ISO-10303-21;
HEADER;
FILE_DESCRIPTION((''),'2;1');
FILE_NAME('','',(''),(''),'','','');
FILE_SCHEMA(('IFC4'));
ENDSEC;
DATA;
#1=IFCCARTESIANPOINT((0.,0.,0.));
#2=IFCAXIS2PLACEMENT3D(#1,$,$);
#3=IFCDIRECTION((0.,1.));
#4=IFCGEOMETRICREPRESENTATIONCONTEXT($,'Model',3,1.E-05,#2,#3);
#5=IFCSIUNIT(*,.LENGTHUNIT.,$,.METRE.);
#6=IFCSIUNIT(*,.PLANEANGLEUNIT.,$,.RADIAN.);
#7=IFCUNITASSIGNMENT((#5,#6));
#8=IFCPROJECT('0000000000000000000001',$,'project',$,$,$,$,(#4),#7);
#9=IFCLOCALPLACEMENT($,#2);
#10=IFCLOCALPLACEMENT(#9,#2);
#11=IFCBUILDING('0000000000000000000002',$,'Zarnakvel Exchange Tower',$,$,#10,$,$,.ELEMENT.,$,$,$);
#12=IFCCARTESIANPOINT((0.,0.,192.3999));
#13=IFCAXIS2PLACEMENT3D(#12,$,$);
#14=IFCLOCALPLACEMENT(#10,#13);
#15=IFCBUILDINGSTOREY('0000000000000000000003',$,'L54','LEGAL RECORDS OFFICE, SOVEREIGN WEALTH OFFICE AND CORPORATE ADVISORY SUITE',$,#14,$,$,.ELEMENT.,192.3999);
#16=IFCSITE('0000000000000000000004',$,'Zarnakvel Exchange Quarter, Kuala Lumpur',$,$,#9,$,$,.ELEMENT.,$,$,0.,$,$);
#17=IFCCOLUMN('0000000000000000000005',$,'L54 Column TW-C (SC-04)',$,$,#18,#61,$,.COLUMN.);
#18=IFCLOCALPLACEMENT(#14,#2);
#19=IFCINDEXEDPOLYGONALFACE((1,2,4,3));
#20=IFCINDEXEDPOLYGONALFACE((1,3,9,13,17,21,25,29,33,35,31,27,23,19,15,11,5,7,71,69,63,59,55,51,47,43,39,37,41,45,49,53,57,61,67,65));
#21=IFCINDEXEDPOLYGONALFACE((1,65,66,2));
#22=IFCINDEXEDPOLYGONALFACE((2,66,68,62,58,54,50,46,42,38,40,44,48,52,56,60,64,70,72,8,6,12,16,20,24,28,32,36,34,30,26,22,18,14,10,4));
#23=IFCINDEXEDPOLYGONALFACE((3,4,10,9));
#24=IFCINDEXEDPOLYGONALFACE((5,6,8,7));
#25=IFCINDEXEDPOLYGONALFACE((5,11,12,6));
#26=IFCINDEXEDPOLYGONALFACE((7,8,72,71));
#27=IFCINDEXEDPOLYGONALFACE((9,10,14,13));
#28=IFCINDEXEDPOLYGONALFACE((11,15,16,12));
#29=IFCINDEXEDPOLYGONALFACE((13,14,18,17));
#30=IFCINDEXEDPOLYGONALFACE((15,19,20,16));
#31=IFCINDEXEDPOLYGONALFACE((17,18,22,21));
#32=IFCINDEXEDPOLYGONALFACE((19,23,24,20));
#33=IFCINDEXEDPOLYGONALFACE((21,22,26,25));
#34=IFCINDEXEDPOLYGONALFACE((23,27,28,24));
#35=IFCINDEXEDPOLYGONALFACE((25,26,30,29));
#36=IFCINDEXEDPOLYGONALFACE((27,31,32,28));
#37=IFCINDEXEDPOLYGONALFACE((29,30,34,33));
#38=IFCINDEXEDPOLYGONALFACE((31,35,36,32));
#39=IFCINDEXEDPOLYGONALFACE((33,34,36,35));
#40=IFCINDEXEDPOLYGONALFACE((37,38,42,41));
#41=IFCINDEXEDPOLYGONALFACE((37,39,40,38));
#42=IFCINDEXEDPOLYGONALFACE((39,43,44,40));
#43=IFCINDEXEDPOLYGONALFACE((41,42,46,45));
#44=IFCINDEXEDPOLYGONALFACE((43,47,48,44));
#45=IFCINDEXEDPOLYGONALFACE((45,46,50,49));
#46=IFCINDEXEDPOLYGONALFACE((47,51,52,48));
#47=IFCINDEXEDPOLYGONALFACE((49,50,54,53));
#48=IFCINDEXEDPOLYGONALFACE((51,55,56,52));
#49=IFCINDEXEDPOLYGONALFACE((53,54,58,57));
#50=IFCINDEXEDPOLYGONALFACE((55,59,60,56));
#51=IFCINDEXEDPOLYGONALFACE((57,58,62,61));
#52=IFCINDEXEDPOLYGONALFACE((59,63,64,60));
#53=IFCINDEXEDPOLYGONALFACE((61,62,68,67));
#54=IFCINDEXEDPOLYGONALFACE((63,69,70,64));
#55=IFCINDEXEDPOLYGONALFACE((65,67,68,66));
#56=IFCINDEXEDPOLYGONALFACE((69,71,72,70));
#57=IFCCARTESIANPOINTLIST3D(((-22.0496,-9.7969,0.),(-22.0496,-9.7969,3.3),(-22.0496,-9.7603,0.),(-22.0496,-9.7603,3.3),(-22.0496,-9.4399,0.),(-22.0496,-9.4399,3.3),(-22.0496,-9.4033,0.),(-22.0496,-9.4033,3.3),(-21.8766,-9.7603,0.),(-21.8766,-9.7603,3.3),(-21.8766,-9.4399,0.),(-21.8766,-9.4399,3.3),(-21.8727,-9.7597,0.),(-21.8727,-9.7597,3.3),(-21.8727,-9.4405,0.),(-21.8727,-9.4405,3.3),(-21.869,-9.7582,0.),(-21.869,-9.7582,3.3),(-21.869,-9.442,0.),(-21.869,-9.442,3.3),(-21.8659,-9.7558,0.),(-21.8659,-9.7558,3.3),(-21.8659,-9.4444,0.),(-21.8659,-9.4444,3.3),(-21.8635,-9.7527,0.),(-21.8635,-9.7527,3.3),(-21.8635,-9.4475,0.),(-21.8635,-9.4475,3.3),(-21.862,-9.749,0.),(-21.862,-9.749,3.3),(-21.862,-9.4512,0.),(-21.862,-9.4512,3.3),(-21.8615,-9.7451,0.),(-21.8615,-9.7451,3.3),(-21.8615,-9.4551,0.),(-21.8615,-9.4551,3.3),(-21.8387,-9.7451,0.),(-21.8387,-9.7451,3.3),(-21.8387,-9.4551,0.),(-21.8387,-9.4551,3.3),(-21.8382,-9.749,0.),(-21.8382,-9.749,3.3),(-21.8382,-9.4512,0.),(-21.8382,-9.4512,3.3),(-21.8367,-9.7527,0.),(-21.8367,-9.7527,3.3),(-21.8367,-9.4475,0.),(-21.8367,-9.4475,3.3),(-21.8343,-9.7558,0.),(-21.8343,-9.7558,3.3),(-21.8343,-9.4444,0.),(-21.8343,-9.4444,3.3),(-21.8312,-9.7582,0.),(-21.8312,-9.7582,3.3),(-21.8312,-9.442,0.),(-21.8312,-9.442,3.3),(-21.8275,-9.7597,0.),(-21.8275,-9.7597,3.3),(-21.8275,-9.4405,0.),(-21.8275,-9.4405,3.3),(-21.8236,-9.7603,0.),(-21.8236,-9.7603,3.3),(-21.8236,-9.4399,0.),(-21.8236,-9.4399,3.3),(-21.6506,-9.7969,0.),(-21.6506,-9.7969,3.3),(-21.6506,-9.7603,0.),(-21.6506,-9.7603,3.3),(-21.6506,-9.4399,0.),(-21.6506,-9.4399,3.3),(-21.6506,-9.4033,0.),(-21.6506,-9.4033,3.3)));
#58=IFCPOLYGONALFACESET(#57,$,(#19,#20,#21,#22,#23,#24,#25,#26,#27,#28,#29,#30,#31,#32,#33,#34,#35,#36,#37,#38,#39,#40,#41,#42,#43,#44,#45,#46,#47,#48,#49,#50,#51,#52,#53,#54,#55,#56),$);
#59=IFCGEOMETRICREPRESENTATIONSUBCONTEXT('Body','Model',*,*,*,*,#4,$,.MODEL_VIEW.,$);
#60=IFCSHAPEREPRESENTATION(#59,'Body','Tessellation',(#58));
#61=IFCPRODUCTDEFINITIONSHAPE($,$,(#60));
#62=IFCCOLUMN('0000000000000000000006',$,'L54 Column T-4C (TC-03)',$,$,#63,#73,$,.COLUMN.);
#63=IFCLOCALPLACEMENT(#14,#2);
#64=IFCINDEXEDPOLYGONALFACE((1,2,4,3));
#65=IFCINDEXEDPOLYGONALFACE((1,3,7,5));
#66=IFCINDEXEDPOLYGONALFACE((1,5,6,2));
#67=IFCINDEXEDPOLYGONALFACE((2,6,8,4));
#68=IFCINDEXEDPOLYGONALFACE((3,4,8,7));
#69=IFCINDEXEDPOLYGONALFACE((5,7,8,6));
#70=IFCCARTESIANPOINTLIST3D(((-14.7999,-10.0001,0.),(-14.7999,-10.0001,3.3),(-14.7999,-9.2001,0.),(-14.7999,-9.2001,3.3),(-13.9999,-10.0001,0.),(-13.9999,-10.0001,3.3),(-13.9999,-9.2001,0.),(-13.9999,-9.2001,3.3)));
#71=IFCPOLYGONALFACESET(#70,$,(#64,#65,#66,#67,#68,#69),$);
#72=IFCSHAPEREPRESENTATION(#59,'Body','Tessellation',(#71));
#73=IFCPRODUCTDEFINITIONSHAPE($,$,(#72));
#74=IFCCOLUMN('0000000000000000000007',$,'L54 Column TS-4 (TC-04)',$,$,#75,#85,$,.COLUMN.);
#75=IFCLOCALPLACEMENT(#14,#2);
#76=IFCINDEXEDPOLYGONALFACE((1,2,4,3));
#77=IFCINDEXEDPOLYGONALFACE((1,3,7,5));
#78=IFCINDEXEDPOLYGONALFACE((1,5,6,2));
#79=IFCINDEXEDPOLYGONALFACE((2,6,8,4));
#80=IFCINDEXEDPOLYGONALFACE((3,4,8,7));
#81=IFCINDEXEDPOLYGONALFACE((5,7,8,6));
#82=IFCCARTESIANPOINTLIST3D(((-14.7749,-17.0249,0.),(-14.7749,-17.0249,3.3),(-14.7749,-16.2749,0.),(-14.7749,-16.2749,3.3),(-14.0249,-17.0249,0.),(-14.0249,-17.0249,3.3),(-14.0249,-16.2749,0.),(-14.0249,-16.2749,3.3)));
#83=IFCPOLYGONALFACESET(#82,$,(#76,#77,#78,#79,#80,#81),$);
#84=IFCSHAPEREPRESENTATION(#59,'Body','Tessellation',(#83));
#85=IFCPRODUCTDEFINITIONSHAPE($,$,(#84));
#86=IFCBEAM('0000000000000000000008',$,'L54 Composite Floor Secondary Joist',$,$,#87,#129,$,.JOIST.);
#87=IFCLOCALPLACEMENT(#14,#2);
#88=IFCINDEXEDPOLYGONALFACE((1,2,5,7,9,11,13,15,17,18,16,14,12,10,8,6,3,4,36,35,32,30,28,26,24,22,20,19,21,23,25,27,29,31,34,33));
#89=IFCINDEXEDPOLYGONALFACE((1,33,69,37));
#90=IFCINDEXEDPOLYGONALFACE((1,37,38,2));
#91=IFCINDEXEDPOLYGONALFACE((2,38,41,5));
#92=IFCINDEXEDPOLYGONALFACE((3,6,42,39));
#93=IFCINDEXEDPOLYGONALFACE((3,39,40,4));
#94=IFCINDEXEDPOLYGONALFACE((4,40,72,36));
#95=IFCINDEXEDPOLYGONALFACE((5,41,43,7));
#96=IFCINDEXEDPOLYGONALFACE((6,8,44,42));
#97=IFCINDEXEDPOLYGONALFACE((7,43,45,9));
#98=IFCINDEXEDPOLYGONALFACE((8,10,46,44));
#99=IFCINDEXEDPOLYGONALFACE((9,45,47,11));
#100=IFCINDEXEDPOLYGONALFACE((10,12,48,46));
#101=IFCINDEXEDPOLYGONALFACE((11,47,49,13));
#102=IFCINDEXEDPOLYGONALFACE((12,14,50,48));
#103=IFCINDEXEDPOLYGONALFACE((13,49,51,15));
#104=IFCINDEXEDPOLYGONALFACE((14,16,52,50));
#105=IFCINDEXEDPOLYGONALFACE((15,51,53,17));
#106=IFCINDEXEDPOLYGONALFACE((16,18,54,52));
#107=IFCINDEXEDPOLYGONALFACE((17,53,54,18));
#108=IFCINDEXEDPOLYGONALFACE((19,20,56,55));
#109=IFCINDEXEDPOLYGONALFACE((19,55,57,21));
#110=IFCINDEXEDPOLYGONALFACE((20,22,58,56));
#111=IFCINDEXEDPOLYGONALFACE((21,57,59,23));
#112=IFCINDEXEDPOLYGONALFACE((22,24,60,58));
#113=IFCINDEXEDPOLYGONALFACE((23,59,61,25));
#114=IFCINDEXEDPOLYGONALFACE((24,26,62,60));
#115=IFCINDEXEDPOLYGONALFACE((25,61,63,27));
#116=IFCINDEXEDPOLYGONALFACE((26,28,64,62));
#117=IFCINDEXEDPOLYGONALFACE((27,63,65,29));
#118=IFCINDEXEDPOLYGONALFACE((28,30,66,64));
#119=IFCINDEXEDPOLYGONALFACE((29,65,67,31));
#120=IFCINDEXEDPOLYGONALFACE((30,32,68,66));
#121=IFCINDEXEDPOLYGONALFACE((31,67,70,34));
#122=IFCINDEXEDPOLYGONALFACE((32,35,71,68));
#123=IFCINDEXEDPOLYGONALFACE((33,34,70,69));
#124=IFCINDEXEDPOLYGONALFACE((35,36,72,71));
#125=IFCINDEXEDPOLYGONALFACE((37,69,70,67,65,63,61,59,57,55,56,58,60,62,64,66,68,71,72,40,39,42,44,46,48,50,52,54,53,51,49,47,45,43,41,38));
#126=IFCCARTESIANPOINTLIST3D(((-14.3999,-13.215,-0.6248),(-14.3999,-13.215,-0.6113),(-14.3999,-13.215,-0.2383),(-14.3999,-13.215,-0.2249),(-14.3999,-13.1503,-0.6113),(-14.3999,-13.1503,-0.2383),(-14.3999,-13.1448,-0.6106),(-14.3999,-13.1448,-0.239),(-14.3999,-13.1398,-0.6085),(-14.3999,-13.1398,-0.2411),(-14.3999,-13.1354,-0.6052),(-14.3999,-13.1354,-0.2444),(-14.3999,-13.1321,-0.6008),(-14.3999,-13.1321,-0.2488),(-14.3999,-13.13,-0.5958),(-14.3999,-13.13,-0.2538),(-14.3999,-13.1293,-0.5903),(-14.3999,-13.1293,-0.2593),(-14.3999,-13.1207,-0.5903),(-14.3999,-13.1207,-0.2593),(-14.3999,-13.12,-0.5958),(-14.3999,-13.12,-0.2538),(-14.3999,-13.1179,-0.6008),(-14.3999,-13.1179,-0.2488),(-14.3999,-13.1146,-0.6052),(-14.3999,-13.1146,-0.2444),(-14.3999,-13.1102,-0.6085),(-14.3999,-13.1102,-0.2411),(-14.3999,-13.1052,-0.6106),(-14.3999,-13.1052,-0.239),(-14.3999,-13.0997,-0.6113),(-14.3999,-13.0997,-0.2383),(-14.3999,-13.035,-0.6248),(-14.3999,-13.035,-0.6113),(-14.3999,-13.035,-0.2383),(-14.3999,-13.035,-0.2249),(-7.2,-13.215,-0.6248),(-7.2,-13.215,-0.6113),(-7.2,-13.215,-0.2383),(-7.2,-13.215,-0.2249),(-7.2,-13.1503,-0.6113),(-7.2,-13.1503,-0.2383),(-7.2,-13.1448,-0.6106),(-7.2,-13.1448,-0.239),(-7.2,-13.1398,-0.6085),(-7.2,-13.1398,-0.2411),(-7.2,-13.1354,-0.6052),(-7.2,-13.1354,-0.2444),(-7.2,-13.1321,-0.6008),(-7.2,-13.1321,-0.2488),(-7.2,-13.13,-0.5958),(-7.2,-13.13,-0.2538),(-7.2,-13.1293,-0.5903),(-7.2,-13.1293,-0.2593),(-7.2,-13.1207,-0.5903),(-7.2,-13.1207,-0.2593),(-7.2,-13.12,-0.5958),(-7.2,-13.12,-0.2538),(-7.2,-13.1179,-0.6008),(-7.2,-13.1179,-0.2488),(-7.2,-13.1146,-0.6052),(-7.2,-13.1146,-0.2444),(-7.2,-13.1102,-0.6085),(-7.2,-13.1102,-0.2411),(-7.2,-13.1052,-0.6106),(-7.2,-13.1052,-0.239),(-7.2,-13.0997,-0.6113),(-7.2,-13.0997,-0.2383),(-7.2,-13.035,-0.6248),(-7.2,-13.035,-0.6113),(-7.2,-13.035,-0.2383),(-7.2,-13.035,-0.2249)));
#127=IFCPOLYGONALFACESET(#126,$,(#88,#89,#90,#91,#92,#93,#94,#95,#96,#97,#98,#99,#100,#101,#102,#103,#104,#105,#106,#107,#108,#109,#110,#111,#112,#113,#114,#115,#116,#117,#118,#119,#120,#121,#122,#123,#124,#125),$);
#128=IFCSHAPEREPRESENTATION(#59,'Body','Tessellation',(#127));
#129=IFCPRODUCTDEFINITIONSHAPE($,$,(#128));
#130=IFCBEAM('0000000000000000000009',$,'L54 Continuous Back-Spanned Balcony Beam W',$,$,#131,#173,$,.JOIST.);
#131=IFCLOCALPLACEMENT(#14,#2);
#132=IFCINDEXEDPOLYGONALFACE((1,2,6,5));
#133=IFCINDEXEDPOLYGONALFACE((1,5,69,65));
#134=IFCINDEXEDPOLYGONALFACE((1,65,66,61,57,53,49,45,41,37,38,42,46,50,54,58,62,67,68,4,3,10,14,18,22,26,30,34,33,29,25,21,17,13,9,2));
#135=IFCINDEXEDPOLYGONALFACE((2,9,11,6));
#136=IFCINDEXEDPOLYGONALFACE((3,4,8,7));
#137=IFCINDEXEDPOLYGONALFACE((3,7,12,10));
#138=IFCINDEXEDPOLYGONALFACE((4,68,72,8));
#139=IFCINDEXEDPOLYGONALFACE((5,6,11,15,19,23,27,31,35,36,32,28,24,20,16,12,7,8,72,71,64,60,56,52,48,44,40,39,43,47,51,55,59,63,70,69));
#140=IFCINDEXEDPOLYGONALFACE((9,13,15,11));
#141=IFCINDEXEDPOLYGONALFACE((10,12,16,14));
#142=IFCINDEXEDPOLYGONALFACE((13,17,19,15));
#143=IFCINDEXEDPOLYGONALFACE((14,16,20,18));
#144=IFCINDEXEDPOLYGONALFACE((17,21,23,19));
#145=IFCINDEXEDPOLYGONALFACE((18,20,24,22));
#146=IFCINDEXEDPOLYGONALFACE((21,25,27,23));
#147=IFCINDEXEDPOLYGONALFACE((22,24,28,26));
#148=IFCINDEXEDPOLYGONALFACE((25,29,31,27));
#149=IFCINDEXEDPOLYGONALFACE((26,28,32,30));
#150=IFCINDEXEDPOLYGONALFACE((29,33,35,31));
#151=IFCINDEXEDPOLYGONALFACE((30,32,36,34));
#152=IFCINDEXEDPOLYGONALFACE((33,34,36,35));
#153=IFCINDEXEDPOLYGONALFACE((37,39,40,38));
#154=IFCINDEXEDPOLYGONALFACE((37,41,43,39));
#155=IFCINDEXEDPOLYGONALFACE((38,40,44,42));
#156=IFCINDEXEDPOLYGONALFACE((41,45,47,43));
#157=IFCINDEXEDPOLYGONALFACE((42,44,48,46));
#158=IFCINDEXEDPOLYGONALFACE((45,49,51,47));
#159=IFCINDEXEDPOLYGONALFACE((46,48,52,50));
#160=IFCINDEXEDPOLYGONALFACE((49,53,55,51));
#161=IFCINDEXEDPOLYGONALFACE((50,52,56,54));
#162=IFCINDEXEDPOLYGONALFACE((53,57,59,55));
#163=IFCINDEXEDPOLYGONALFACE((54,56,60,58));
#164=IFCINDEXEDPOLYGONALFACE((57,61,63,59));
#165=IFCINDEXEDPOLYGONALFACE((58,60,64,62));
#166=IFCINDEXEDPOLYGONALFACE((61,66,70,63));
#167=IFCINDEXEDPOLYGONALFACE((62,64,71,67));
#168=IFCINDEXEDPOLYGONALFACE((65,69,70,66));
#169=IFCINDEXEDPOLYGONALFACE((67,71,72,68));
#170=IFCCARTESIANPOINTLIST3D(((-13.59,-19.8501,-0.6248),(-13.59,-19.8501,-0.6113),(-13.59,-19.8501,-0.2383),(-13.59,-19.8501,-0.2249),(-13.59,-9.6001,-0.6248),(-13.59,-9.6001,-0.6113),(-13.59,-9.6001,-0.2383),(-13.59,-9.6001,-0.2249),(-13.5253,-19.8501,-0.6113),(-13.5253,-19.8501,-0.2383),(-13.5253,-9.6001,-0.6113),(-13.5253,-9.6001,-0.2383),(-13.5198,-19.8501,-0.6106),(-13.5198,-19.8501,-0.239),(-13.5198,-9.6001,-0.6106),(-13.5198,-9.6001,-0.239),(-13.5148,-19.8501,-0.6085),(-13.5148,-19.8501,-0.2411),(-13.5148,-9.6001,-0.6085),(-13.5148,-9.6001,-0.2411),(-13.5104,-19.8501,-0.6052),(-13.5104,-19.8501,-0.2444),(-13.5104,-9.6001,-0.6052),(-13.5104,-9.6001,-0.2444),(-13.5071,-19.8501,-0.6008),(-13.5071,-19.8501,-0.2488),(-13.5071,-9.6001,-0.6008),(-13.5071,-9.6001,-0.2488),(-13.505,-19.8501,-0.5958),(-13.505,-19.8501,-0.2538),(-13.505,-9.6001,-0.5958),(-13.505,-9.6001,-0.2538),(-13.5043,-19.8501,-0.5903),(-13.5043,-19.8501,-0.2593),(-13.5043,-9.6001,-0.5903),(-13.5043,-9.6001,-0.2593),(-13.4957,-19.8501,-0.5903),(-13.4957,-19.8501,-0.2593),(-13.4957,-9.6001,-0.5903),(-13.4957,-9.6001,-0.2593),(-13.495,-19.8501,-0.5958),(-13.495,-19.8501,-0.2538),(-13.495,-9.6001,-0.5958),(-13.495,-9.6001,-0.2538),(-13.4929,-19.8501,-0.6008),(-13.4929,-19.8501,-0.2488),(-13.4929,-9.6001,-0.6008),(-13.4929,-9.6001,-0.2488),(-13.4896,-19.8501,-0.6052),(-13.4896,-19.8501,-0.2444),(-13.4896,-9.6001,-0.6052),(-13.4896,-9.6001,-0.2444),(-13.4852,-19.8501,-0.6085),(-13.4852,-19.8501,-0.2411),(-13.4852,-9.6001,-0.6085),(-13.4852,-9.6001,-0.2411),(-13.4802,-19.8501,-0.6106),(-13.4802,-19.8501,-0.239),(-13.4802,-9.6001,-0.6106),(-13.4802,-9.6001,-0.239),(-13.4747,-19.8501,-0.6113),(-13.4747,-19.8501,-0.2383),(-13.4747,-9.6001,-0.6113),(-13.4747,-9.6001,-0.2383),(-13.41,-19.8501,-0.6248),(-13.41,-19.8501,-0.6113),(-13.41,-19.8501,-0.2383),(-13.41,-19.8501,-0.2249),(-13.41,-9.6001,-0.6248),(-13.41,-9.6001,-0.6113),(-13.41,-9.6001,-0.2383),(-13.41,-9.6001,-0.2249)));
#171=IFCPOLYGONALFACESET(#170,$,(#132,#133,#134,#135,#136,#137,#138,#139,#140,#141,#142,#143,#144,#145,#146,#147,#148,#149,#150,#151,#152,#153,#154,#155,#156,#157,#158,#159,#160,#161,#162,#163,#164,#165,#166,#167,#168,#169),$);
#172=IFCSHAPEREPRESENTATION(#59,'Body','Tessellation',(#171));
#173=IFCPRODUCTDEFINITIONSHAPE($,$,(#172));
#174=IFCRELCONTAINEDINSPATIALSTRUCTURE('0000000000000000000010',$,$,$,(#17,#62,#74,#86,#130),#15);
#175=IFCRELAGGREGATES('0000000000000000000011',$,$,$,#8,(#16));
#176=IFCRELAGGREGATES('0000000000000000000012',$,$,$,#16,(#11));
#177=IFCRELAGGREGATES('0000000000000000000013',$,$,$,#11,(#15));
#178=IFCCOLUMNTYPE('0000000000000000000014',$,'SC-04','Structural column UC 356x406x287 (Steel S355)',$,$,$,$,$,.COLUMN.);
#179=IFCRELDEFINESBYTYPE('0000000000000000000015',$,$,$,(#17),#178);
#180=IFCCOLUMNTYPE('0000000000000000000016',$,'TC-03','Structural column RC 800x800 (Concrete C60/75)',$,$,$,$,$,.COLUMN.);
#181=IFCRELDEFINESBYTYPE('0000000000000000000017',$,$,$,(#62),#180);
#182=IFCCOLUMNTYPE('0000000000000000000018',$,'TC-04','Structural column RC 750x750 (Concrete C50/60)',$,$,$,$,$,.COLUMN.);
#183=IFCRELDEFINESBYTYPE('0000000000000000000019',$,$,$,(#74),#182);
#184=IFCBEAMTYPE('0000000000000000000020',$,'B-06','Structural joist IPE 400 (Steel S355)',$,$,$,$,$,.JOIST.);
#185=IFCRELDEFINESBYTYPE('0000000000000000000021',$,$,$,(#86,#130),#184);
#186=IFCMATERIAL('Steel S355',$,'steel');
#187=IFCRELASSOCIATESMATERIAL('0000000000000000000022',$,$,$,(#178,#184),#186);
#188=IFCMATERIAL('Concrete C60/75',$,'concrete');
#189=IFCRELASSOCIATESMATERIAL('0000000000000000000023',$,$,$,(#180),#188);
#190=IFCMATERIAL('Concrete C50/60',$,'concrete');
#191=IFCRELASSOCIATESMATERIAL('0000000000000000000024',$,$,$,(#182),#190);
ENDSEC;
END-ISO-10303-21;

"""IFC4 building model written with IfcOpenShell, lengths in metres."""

from ifc_helpers import new_model, si_unit, direction, frame, origin, origin_2d, place, context, subcontext, project, spatial, rectangle, i_section, extrude, material, material_profile, profile_set, type_object, element, save


model = new_model("IFC4")

# Units and contexts
model_context = context("Model", 3, precision=1e-05, world=origin(), true_north=direction((0.0, 1.0)))
body_context = subcontext(model_context, "Body", "Model", "MODEL_VIEW")
ifc_project = project(units=[si_unit("LENGTHUNIT", "METRE"), si_unit("PLANEANGLEUNIT", "RADIAN")], contexts=[model_context])

# Site, building, storey
site_placement = place(None, origin())
site = spatial("IfcSite", under=ifc_project, at=site_placement, Name="Zarnakvel Exchange Quarter, Kuala Lumpur", CompositionType="ELEMENT", RefElevation=0.0)
building_placement = place(site_placement, origin())
building = spatial("IfcBuilding", under=site, at=building_placement, Name="Zarnakvel Exchange Tower", CompositionType="ELEMENT")
storey_placement = place(building_placement, frame((0.0, 0.0, 192.3999)))
storey = spatial("IfcBuildingStorey", under=building, at=storey_placement, Name="L54", Description="LEGAL RECORDS OFFICE, SOVEREIGN WEALTH OFFICE AND CORPORATE ADVISORY SUITE", CompositionType="ELEMENT", Elevation=192.3999)

# Columns
ifc_material_1 = material(Name="Steel S355", Category="steel")
ifc_material_profile_1 = material_profile(ifc_material_1, i_section(OverallWidth=0.3989, OverallDepth=0.3936, WebThickness=0.0227, FlangeThickness=0.0366, FilletRadius=0.0151, at=origin_2d()))
ifc_profile_set_1 = profile_set([ifc_material_profile_1], Name="Steel S355")
column_type_1 = type_object("IfcColumnType", Name="SC-04", Description="Structural column UC 356x406x287 (Steel S355)", PredefinedType="COLUMN", material=ifc_profile_set_1)
column_1_placement = place(storey_placement, frame((-21.8501, -9.6001, 0.0), z_axis=(0.0, 0.0, 1.0), x_axis=(1.0, 0.0, 0.0)))
element("IfcColumn", 1, at=column_1_placement, inside=storey, type_object=column_type_1, Name="L54 Column TW-C (SC-04)", PredefinedType="COLUMN", context=body_context, shape_type="SweptSolid", body=[
    extrude(i_section(OverallWidth=0.3989, OverallDepth=0.3936, WebThickness=0.0227, FlangeThickness=0.0366, FilletRadius=0.0151, at=origin_2d()), origin(), (0.0, 0.0, 1.0), 3.3),
])
ifc_material_2 = material(Name="Concrete C60/75", Category="concrete")
ifc_material_profile_2 = material_profile(ifc_material_2, rectangle(XDim=0.8, YDim=0.8, at=origin_2d()))
ifc_profile_set_2 = profile_set([ifc_material_profile_2], Name="Concrete C60/75")
column_type_2 = type_object("IfcColumnType", Name="TC-03", Description="Structural column RC 800x800 (Concrete C60/75)", PredefinedType="COLUMN", material=ifc_profile_set_2)
column_2_placement = place(storey_placement, frame((-14.3999, -9.6001, 0.0), z_axis=(0.0, 0.0, 1.0), x_axis=(1.0, 0.0, 0.0)))
element("IfcColumn", 2, at=column_2_placement, inside=storey, type_object=column_type_2, Name="L54 Column T-4C (TC-03)", PredefinedType="COLUMN", context=body_context, shape_type="SweptSolid", body=[
    extrude(rectangle(XDim=0.8, YDim=0.8, at=origin_2d()), origin(), (0.0, 0.0, 1.0), 3.3),
])
ifc_material_3 = material(Name="Concrete C50/60", Category="concrete")
ifc_material_profile_3 = material_profile(ifc_material_3, rectangle(XDim=0.75, YDim=0.75, at=origin_2d()))
ifc_profile_set_3 = profile_set([ifc_material_profile_3], Name="Concrete C50/60")
column_type_3 = type_object("IfcColumnType", Name="TC-04", Description="Structural column RC 750x750 (Concrete C50/60)", PredefinedType="COLUMN", material=ifc_profile_set_3)
column_3_placement = place(storey_placement, frame((-14.3999, -16.6499, 0.0), z_axis=(0.0, 0.0, 1.0), x_axis=(1.0, 0.0, 0.0)))
element("IfcColumn", 3, at=column_3_placement, inside=storey, type_object=column_type_3, Name="L54 Column TS-4 (TC-04)", PredefinedType="COLUMN", context=body_context, shape_type="SweptSolid", body=[
    extrude(rectangle(XDim=0.75, YDim=0.75, at=origin_2d()), origin(), (0.0, 0.0, 1.0), 3.3),
])

# Beams
ifc_material_profile_4 = material_profile(ifc_material_1, i_section(OverallWidth=0.1799, OverallDepth=0.3999, WebThickness=0.0085, FlangeThickness=0.0134, FilletRadius=0.021, at=origin_2d()))
ifc_profile_set_4 = profile_set([ifc_material_profile_4], Name="Steel S355")
beam_type_1 = type_object("IfcBeamType", Name="B-06", Description="Structural joist IPE 400 (Steel S355)", PredefinedType="JOIST", material=ifc_profile_set_4)
beam_1_placement = place(storey_placement, frame((-14.3999, -13.125, -0.4248), z_axis=(1.0, 0.0, 0.0), x_axis=(0.0, 1.0, 0.0)))
element("IfcBeam", 4, at=beam_1_placement, inside=storey, type_object=beam_type_1, Name="L54 Composite Floor Secondary Joist", PredefinedType="JOIST", context=body_context, shape_type="SweptSolid", body=[
    extrude(i_section(OverallWidth=0.1799, OverallDepth=0.3999, WebThickness=0.0085, FlangeThickness=0.0134, FilletRadius=0.021, at=origin_2d()), origin(), (0.0, 0.0, 1.0), 7.2),
])
for number, where, z_axis, x_axis, name in (
    (5, (-13.5, -9.6001, -0.4248), (0.0, -1.0, 0.0), (1.0, 0.0, 0.0), "L54 Continuous Back-Spanned Balcony Beam W"),
):
    element("IfcBeam", number, at=place(storey_placement, frame(where, z_axis=z_axis, x_axis=x_axis)), inside=storey, type_object=beam_type_1, Name=name, PredefinedType="JOIST", context=body_context, shape_type="SweptSolid", body=[
        extrude(i_section(OverallWidth=0.1799, OverallDepth=0.3999, WebThickness=0.0085, FlangeThickness=0.0134, FilletRadius=0.021, at=origin_2d()), origin(), (0.0, 0.0, 1.0), 10.25),
    ])

save(model, "model.ifc")
